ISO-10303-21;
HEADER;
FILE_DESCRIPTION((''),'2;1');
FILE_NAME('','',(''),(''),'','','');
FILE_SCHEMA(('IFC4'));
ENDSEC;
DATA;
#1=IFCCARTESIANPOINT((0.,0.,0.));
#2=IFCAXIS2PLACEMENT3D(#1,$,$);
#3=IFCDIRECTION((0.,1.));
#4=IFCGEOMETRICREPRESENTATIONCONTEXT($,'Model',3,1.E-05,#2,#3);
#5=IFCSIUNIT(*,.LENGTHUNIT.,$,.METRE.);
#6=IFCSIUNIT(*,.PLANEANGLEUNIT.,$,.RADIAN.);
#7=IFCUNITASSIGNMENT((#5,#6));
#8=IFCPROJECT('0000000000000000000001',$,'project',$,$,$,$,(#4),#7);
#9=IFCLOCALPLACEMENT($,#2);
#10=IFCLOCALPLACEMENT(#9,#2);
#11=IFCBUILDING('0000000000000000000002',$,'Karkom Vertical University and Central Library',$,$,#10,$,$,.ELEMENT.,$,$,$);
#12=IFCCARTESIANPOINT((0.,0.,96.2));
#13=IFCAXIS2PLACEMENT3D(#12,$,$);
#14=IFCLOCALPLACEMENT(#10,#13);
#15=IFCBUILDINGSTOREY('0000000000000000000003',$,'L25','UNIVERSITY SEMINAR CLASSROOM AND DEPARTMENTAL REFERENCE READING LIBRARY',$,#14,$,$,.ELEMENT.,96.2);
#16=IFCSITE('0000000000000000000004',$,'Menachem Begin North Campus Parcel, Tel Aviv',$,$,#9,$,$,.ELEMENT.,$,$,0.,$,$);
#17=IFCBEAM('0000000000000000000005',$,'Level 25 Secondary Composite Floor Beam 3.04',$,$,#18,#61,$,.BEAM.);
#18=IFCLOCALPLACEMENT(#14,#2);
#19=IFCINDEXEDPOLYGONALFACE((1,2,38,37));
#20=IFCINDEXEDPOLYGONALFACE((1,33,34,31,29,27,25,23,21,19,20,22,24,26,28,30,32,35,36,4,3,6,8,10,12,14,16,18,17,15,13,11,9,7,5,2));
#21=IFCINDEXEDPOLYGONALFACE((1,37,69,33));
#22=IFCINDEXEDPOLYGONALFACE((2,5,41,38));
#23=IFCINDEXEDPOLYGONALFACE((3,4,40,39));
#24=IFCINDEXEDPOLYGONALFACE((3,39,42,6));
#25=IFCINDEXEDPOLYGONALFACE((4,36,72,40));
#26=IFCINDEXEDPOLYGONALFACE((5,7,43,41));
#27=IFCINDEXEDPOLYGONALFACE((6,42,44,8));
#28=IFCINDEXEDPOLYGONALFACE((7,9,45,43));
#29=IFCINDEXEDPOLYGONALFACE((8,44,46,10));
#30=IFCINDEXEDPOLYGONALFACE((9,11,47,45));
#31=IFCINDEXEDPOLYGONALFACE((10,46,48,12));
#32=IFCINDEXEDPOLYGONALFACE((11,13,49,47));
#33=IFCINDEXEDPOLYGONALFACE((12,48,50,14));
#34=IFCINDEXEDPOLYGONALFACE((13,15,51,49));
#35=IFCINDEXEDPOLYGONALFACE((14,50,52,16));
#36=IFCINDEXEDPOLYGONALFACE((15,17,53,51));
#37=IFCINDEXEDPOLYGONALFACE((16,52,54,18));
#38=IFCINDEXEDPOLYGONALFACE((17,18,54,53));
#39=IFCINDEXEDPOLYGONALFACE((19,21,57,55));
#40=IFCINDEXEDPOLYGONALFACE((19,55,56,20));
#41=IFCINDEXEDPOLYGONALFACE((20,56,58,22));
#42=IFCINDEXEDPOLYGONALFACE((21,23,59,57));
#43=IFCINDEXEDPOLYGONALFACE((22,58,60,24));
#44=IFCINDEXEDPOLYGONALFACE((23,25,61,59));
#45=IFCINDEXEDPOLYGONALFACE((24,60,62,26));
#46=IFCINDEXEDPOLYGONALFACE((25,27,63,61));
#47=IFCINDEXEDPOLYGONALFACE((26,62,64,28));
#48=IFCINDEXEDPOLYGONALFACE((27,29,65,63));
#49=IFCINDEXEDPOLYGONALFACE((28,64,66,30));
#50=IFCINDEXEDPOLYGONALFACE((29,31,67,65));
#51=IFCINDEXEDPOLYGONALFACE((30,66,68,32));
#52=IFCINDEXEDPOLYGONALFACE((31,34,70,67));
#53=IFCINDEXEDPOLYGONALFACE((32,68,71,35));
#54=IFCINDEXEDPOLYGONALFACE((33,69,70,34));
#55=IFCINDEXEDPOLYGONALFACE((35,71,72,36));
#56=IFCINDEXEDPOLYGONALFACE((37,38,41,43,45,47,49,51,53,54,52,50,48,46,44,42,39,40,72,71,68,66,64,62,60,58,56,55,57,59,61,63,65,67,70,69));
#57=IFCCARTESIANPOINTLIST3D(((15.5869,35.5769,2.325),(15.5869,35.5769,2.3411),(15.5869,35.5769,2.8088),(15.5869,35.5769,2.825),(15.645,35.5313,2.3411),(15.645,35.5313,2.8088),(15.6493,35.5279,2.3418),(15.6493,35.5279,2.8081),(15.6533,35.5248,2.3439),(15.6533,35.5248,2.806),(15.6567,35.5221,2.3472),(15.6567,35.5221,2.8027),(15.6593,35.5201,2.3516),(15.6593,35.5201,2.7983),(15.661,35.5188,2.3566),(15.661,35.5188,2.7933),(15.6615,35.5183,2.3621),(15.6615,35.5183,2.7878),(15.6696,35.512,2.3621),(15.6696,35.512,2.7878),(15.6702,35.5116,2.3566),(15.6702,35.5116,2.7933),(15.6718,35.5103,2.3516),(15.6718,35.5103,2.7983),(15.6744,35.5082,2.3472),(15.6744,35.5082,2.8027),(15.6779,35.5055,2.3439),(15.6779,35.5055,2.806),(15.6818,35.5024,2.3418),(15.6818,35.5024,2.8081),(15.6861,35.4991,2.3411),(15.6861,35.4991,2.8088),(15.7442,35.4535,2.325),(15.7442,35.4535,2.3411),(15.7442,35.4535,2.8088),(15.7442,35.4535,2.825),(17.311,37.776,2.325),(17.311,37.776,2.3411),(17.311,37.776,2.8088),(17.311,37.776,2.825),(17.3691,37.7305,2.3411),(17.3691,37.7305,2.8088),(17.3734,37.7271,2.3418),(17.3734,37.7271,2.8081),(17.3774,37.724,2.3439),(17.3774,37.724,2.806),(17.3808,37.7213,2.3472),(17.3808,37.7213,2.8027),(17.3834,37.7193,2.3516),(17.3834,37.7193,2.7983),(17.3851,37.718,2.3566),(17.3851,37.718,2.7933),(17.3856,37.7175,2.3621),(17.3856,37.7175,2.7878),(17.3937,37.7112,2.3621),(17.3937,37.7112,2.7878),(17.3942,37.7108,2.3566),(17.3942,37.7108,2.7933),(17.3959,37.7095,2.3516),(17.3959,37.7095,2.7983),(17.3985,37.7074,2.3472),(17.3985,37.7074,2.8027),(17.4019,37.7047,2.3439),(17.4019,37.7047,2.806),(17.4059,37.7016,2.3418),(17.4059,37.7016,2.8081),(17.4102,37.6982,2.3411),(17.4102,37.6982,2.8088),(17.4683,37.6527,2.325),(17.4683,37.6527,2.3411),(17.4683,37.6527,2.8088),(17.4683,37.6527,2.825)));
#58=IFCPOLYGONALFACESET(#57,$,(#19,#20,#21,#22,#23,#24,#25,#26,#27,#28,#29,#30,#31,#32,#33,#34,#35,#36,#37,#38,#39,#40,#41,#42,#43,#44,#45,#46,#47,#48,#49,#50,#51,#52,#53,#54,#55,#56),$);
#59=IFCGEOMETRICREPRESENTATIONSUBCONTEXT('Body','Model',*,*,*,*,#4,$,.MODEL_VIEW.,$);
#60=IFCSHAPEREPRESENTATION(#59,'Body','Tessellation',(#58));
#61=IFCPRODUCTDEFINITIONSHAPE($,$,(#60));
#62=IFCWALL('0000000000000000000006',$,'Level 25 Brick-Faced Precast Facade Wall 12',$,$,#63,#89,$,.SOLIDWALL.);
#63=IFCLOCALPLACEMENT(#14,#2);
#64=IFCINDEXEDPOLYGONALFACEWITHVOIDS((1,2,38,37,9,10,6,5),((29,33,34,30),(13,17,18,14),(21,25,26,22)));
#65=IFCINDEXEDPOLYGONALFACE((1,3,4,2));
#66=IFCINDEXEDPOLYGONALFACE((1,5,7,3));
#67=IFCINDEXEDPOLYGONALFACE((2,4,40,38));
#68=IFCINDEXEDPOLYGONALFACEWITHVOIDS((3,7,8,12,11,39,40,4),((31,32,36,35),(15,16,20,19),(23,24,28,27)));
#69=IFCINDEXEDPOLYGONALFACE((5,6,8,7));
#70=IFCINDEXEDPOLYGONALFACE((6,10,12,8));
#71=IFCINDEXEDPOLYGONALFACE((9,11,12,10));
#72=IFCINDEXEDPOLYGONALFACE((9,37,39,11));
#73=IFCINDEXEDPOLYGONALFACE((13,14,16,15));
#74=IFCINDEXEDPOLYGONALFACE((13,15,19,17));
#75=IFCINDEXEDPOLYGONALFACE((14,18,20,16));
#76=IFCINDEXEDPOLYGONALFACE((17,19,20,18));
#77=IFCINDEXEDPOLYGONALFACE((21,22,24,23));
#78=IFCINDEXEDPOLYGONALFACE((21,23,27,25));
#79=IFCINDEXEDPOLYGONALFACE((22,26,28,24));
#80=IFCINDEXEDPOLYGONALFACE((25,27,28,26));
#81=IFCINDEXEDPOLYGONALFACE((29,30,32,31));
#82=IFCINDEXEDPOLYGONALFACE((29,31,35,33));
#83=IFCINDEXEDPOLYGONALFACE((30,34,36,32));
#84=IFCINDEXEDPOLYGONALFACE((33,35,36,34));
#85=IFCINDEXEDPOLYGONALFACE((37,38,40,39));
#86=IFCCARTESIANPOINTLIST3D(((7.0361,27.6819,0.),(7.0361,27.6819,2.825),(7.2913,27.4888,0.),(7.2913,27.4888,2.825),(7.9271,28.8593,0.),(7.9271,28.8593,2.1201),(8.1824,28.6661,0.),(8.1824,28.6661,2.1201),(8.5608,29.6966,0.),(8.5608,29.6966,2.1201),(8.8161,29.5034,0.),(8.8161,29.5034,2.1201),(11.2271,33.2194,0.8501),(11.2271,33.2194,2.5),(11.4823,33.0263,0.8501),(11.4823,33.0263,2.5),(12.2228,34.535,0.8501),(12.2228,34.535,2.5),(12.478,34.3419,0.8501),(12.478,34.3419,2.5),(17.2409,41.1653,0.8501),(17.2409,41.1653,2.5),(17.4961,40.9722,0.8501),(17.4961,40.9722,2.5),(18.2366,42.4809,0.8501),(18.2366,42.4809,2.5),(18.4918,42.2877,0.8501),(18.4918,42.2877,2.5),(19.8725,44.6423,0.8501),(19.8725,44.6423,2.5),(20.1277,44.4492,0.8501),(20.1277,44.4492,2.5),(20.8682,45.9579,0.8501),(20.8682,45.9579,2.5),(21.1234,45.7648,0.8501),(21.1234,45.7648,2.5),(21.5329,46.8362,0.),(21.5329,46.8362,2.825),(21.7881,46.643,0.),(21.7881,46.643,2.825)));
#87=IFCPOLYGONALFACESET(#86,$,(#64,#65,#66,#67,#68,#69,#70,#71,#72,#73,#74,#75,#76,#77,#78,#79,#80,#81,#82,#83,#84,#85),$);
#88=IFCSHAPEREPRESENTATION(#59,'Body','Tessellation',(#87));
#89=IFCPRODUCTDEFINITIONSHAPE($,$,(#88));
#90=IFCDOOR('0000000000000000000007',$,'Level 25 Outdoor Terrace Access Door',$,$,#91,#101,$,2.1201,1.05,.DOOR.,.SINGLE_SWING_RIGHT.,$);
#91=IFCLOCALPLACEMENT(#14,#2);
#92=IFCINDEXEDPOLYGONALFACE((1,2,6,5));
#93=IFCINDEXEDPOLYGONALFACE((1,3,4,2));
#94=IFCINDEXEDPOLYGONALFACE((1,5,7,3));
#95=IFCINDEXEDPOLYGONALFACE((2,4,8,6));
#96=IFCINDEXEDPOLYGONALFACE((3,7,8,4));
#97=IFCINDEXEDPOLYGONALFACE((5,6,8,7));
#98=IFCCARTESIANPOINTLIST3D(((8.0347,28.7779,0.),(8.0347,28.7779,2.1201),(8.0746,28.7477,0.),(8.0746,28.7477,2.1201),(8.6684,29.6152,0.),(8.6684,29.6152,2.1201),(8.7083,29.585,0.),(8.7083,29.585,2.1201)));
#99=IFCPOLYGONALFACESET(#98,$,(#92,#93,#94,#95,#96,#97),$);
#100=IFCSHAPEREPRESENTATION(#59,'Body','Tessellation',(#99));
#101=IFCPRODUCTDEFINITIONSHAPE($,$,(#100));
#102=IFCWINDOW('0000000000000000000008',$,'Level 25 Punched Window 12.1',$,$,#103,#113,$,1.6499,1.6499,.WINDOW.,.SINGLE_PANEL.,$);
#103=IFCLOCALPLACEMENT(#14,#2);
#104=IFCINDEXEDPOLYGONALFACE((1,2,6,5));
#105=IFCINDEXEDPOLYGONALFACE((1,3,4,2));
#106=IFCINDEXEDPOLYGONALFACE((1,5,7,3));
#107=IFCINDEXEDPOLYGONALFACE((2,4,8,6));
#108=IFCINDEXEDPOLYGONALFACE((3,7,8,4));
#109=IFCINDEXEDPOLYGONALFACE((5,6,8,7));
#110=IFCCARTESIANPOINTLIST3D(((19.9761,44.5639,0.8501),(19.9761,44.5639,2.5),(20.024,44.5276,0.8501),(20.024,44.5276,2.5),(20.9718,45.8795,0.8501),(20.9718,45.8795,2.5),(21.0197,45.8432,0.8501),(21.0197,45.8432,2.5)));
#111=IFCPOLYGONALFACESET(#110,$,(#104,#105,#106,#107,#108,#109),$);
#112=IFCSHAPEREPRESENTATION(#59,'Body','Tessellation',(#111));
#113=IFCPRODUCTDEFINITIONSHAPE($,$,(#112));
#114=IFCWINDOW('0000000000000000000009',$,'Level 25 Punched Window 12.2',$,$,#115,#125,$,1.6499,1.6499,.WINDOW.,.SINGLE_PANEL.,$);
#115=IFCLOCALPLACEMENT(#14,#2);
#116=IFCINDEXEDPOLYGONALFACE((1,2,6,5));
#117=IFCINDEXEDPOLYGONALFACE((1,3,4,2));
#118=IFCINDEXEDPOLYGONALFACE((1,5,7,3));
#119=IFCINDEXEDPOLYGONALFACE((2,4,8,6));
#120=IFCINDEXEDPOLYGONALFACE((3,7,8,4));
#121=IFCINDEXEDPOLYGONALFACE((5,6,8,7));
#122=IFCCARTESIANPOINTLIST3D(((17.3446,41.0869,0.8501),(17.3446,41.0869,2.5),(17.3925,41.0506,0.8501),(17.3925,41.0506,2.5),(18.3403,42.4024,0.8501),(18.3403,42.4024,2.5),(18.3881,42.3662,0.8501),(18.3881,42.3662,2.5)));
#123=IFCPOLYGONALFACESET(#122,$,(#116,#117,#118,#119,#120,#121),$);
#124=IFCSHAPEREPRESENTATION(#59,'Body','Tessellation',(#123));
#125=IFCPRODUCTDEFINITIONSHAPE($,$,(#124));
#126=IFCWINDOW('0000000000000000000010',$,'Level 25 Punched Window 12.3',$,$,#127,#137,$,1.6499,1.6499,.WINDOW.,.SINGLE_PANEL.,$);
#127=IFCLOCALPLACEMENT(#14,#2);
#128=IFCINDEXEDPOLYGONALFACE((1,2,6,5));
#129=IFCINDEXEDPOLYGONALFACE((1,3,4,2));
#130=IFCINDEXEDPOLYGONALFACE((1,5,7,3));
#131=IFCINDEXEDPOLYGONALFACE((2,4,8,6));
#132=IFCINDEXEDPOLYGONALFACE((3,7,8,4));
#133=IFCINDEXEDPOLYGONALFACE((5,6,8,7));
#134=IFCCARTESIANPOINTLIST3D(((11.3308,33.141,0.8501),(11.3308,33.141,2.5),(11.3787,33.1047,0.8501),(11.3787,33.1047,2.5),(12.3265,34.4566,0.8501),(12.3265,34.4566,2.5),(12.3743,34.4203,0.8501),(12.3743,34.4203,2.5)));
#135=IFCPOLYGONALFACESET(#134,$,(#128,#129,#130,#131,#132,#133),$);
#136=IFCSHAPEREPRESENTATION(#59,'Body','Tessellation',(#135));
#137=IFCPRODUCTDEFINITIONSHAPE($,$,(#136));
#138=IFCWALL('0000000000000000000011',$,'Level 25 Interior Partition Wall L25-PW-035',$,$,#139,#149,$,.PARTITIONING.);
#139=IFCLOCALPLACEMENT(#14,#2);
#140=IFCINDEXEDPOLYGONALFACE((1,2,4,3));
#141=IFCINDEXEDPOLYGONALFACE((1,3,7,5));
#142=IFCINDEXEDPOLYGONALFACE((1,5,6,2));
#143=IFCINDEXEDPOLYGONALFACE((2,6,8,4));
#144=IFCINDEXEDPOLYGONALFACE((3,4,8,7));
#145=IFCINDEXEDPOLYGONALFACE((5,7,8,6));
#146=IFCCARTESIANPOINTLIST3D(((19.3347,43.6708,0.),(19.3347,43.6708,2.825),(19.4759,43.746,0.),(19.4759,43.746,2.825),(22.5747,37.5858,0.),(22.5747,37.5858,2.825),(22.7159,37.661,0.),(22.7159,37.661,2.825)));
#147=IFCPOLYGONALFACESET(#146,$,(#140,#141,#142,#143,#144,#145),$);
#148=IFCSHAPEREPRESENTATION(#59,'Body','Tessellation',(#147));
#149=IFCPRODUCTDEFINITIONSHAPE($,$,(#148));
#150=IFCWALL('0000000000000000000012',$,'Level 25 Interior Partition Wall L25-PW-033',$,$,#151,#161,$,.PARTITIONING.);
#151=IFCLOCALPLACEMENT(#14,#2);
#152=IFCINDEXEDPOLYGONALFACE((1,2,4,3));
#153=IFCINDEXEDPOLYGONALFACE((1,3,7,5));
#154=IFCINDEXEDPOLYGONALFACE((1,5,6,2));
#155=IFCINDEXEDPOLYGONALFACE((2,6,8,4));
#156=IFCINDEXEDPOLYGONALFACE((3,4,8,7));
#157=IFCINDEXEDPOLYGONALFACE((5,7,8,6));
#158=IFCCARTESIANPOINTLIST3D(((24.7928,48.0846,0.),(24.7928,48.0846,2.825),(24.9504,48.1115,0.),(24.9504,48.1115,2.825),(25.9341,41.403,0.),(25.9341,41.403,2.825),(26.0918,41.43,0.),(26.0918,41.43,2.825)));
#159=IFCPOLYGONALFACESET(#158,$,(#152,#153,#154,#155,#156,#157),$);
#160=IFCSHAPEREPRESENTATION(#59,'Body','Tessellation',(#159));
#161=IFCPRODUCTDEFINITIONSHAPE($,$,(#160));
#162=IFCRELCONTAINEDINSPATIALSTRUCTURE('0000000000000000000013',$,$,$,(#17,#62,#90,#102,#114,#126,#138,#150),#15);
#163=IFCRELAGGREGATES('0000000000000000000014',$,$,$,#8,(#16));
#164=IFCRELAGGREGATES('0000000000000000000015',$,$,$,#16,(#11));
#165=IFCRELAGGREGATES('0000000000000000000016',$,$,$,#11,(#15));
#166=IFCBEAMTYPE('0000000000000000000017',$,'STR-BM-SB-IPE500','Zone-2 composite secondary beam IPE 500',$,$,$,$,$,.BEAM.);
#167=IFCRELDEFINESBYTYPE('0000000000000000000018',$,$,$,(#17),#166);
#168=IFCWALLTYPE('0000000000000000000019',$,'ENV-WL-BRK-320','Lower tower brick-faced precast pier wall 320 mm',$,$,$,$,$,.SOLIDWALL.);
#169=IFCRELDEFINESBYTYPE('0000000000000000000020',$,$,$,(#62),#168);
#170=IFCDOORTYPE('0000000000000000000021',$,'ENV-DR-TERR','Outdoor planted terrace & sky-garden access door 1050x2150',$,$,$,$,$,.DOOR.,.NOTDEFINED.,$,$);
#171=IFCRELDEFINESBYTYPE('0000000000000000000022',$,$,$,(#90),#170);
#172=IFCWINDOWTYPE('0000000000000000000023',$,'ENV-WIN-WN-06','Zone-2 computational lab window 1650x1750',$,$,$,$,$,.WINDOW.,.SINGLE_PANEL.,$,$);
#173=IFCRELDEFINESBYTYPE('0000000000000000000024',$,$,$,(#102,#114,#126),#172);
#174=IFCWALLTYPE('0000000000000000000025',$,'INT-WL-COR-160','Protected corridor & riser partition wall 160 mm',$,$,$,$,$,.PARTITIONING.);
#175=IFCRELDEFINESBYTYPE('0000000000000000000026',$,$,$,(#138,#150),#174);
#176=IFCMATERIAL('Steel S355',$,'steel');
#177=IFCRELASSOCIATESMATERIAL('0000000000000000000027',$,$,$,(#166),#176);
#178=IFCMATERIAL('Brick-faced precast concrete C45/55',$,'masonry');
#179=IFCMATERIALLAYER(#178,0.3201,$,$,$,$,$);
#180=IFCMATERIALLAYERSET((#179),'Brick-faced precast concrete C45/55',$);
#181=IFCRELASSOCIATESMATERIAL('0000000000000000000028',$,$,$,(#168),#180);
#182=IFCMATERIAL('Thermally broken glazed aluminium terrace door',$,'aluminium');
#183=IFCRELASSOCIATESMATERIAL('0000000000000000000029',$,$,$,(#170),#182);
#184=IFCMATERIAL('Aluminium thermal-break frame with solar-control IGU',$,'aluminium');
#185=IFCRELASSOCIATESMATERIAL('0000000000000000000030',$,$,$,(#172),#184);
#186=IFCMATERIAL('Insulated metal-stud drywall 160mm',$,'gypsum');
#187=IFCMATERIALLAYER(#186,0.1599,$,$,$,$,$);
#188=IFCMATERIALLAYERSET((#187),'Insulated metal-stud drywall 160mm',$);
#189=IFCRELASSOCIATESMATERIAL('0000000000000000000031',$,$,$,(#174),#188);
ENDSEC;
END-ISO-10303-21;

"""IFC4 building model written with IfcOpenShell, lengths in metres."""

from ifc_helpers import new_model, si_unit, direction, frame, frame_2d, origin, origin_with_axes, origin_2d, place, context, subcontext, project, spatial, rectangle, i_section, extrude, source, transform, mapped, material, layer, layer_set, material_profile, profile_set, type_object, element, fill, save


model = new_model("IFC4")

# Units and contexts
model_context = context("Model", 3, precision=1e-05, world=origin(), true_north=direction((0.0, 1.0)))
body_context = subcontext(model_context, "Body", "Model", "MODEL_VIEW")
ifc_project = project(units=[si_unit("LENGTHUNIT", "METRE"), si_unit("PLANEANGLEUNIT", "RADIAN")], contexts=[model_context])

# Site, building, storey
site_placement = place(None, origin())
site = spatial("IfcSite", under=ifc_project, at=site_placement, Name="Menachem Begin North Campus Parcel, Tel Aviv", CompositionType="ELEMENT", RefElevation=0.0)
building_placement = place(site_placement, origin())
building = spatial("IfcBuilding", under=site, at=building_placement, Name="Karkom Vertical University and Central Library", CompositionType="ELEMENT")
storey_placement = place(building_placement, frame((0.0, 0.0, 96.2)))
storey = spatial("IfcBuildingStorey", under=building, at=storey_placement, Name="L25", Description="UNIVERSITY SEMINAR CLASSROOM AND DEPARTMENTAL REFERENCE READING LIBRARY", CompositionType="ELEMENT", Elevation=96.2)

# Beam
ifc_material_1 = material(Name="Steel S355", Category="steel")
ifc_material_profile_1 = material_profile(ifc_material_1, i_section(OverallWidth=0.2, OverallDepth=0.5, WebThickness=0.0103, FlangeThickness=0.0161, FilletRadius=0.021, at=origin_2d()), Name="IPE 500")
ifc_profile_set_1 = profile_set([ifc_material_profile_1], Name="Steel S355")
beam_type_1 = type_object("IfcBeamType", Name="STR-BM-SB-IPE500", Description="Zone-2 composite secondary beam IPE 500", PredefinedType="BEAM", material=ifc_profile_set_1)
shared_shape_1 = source(origin_with_axes(), body_context, "Body", "SweptSolid", [
    extrude(i_section(OverallWidth=0.2, OverallDepth=0.5, WebThickness=0.0103, FlangeThickness=0.0161, FilletRadius=0.021, at=origin_2d()), origin(), (0.0, 0.0, 1.0), 2.7944),
])
beam_1_placement = place(storey_placement, frame((17.3896, 37.7144, 2.575), z_axis=(-0.616972, -0.786985, 0.0), x_axis=(0.786985, -0.616972, 0.0)))
element("IfcBeam", 1, at=beam_1_placement, inside=storey, type_object=beam_type_1, Name="Level 25 Secondary Composite Floor Beam 3.04", PredefinedType="BEAM", context=body_context, shape_type="MappedRepresentation", body=[
    mapped(shared_shape_1, transform((0.0, 0.0, 0.0), scale=1.0)),
])

# Wall, openings, door, windows
ifc_material_2 = material(Name="Brick-faced precast concrete C45/55", Category="masonry")
ifc_layer_1 = layer(ifc_material_2, 0.3201)
ifc_layer_set_1 = layer_set([ifc_layer_1], Name="Brick-faced precast concrete C45/55")
wall_type_1 = type_object("IfcWallType", Name="ENV-WL-BRK-320", Description="Lower tower brick-faced precast pier wall 320 mm", PredefinedType="SOLIDWALL", material=ifc_layer_set_1)
wall_1_placement = place(storey_placement, frame((21.6604, 46.7395, 0.0), z_axis=(0.0, 0.0, 1.0), x_axis=(-0.603487, -0.797373, 0.0)))
wall_1 = element("IfcWall", 2, at=wall_1_placement, inside=storey, type_object=wall_type_1, Name="Level 25 Brick-Faced Precast Facade Wall 12", PredefinedType="SOLIDWALL", context=body_context, shape_type="SweptSolid", body=[
    extrude(rectangle(XDim=24.0217, YDim=0.3201, at=frame_2d((12.0107, 0.0))), origin(), (0.0, 0.0, 1.0), 2.825),
])
opening_1_placement = place(wall_1_placement, frame((1.1013, 0.0, 0.8501)))
opening_1 = element("IfcOpeningElement", 3, at=opening_1_placement, cuts=wall_1, PredefinedType="OPENING", context=body_context, shape_type="SweptSolid", body=[
    extrude(rectangle(XDim=1.6499, YDim=1.6499, at=frame_2d((0.825, 0.825))), frame((0.0, 0.1699, 0.0), z_axis=(0.0, -1.0, 0.0), x_axis=(1.0, 0.0, 0.0)), (0.0, 0.0, 1.0), 0.3401),
])
opening_2_placement = place(wall_1_placement, frame((5.4619, 0.0, 0.8501)))
opening_2 = element("IfcOpeningElement", 4, at=opening_2_placement, cuts=wall_1, PredefinedType="OPENING", context=body_context, shape_type="SweptSolid", body=[
    extrude(rectangle(XDim=1.6499, YDim=1.6499, at=frame_2d((0.825, 0.825))), frame((0.0, 0.1699, 0.0), z_axis=(0.0, -1.0, 0.0), x_axis=(1.0, 0.0, 0.0)), (0.0, 0.0, 1.0), 0.3401),
])
opening_3_placement = place(wall_1_placement, frame((15.427, 0.0, 0.8501)))
opening_3 = element("IfcOpeningElement", 5, at=opening_3_placement, cuts=wall_1, PredefinedType="OPENING", context=body_context, shape_type="SweptSolid", body=[
    extrude(rectangle(XDim=1.6499, YDim=1.6499, at=frame_2d((0.825, 0.825))), frame((0.0, 0.1699, 0.0), z_axis=(0.0, -1.0, 0.0), x_axis=(1.0, 0.0, 0.0)), (0.0, 0.0, 1.0), 0.3401),
])
opening_4_placement = place(wall_1_placement, frame((21.4951, 0.0, 0.0)))
opening_4 = element("IfcOpeningElement", 6, at=opening_4_placement, cuts=wall_1, PredefinedType="OPENING", context=body_context, shape_type="SweptSolid", body=[
    extrude(rectangle(XDim=1.05, YDim=2.1201, at=frame_2d((0.5249, 1.0601))), frame((0.0, 0.1699, 0.0), z_axis=(0.0, -1.0, 0.0), x_axis=(1.0, 0.0, 0.0)), (0.0, 0.0, 1.0), 0.3401),
])
ifc_material_3 = material(Name="Thermally broken glazed aluminium terrace door", Category="aluminium")
door_type_1 = type_object("IfcDoorType", Name="ENV-DR-TERR", Description="Outdoor planted terrace & sky-garden access door 1050x2150", OperationType="NOTDEFINED", PredefinedType="DOOR", material=ifc_material_3)
shared_shape_2 = source(origin_with_axes(), body_context, "Body", "SweptSolid", [
    extrude(rectangle(XDim=1.05, YDim=2.1201, at=frame_2d((0.5249, 1.0601))), frame((0.0, 0.0249, 0.0), z_axis=(0.0, -1.0, 0.0), x_axis=(1.0, 0.0, 0.0)), (0.0, 0.0, 1.0), 0.05),
])
door_1_placement = place(opening_4_placement, origin())
door_1 = element("IfcDoor", 7, at=door_1_placement, inside=storey, type_object=door_type_1, Name="Level 25 Outdoor Terrace Access Door", OperationType="SINGLE_SWING_RIGHT", OverallHeight=2.1201, OverallWidth=1.05, PredefinedType="DOOR", context=body_context, shape_type="MappedRepresentation", body=[
    mapped(shared_shape_2, transform((0.0, 0.0, 0.0), scale=1.0)),
])
fill(opening_4, door_1)
ifc_material_4 = material(Name="Aluminium thermal-break frame with solar-control IGU", Category="aluminium")
window_type = type_object("IfcWindowType", Name="ENV-WIN-WN-06", Description="Zone-2 computational lab window 1650x1750", PartitioningType="SINGLE_PANEL", PredefinedType="WINDOW", material=ifc_material_4)
shared_shape_3 = source(origin_with_axes(), body_context, "Body", "SweptSolid", [
    extrude(rectangle(XDim=1.6499, YDim=1.6499, at=frame_2d((0.825, 0.825))), frame((0.0, 0.03, 0.0), z_axis=(0.0, -1.0, 0.0), x_axis=(1.0, 0.0, 0.0)), (0.0, 0.0, 1.0), 0.0601),
])
window_1_placement = place(opening_1_placement, origin())
window_1 = element("IfcWindow", 8, at=window_1_placement, inside=storey, type_object=window_type, Name="Level 25 Punched Window 12.1", OverallHeight=1.6499, OverallWidth=1.6499, PartitioningType="SINGLE_PANEL", PredefinedType="WINDOW", context=body_context, shape_type="MappedRepresentation", body=[
    mapped(shared_shape_3, transform((0.0, 0.0, 0.0), scale=1.0)),
])
fill(opening_1, window_1)
window_2_placement = place(opening_2_placement, origin())
window_2 = element("IfcWindow", 9, at=window_2_placement, inside=storey, type_object=window_type, Name="Level 25 Punched Window 12.2", OverallHeight=1.6499, OverallWidth=1.6499, PartitioningType="SINGLE_PANEL", PredefinedType="WINDOW", context=body_context, shape_type="MappedRepresentation", body=[
    mapped(shared_shape_3, transform((0.0, 0.0, 0.0), scale=1.0)),
])
fill(opening_2, window_2)
window_3_placement = place(opening_3_placement, origin())
window_3 = element("IfcWindow", 10, at=window_3_placement, inside=storey, type_object=window_type, Name="Level 25 Punched Window 12.3", OverallHeight=1.6499, OverallWidth=1.6499, PartitioningType="SINGLE_PANEL", PredefinedType="WINDOW", context=body_context, shape_type="MappedRepresentation", body=[
    mapped(shared_shape_3, transform((0.0, 0.0, 0.0), scale=1.0)),
])
fill(opening_3, window_3)

# Shared definitions
ifc_material_5 = material(Name="Insulated metal-stud drywall 160mm", Category="gypsum")
ifc_layer_2 = layer(ifc_material_5, 0.1599)
ifc_layer_set_2 = layer_set([ifc_layer_2], Name="Insulated metal-stud drywall 160mm")
wall_type_2 = type_object("IfcWallType", Name="INT-WL-COR-160", Description="Protected corridor & riser partition wall 160 mm", PredefinedType="PARTITIONING", material=ifc_layer_set_2)

# Walls
wall_2_placement = place(storey_placement, frame((22.6453, 37.6235, 0.0), z_axis=(0.0, 0.0, 1.0), x_axis=(-0.469987, 0.882673, 0.0)))
element("IfcWall", 11, at=wall_2_placement, inside=storey, type_object=wall_type_2, Name="Level 25 Interior Partition Wall L25-PW-035", PredefinedType="PARTITIONING", context=body_context, shape_type="SweptSolid", body=[
    extrude(rectangle(XDim=6.8938, YDim=0.1599, at=frame_2d((3.4468, 0.0))), origin(), (0.0, 0.0, 1.0), 2.825),
])
wall_3_placement = place(storey_placement, frame((26.0129, 41.4165, 0.0), z_axis=(0.0, 0.0, 1.0), x_axis=(-0.168381, 0.985722, 0.0)))
element("IfcWall", 12, at=wall_3_placement, inside=storey, type_object=wall_type_2, Name="Level 25 Interior Partition Wall L25-PW-033", PredefinedType="PARTITIONING", context=body_context, shape_type="SweptSolid", body=[
    extrude(rectangle(XDim=6.7783, YDim=0.1599, at=frame_2d((3.3892, 0.0))), origin(), (0.0, 0.0, 1.0), 2.825),
])

save(model, "model.ifc")
